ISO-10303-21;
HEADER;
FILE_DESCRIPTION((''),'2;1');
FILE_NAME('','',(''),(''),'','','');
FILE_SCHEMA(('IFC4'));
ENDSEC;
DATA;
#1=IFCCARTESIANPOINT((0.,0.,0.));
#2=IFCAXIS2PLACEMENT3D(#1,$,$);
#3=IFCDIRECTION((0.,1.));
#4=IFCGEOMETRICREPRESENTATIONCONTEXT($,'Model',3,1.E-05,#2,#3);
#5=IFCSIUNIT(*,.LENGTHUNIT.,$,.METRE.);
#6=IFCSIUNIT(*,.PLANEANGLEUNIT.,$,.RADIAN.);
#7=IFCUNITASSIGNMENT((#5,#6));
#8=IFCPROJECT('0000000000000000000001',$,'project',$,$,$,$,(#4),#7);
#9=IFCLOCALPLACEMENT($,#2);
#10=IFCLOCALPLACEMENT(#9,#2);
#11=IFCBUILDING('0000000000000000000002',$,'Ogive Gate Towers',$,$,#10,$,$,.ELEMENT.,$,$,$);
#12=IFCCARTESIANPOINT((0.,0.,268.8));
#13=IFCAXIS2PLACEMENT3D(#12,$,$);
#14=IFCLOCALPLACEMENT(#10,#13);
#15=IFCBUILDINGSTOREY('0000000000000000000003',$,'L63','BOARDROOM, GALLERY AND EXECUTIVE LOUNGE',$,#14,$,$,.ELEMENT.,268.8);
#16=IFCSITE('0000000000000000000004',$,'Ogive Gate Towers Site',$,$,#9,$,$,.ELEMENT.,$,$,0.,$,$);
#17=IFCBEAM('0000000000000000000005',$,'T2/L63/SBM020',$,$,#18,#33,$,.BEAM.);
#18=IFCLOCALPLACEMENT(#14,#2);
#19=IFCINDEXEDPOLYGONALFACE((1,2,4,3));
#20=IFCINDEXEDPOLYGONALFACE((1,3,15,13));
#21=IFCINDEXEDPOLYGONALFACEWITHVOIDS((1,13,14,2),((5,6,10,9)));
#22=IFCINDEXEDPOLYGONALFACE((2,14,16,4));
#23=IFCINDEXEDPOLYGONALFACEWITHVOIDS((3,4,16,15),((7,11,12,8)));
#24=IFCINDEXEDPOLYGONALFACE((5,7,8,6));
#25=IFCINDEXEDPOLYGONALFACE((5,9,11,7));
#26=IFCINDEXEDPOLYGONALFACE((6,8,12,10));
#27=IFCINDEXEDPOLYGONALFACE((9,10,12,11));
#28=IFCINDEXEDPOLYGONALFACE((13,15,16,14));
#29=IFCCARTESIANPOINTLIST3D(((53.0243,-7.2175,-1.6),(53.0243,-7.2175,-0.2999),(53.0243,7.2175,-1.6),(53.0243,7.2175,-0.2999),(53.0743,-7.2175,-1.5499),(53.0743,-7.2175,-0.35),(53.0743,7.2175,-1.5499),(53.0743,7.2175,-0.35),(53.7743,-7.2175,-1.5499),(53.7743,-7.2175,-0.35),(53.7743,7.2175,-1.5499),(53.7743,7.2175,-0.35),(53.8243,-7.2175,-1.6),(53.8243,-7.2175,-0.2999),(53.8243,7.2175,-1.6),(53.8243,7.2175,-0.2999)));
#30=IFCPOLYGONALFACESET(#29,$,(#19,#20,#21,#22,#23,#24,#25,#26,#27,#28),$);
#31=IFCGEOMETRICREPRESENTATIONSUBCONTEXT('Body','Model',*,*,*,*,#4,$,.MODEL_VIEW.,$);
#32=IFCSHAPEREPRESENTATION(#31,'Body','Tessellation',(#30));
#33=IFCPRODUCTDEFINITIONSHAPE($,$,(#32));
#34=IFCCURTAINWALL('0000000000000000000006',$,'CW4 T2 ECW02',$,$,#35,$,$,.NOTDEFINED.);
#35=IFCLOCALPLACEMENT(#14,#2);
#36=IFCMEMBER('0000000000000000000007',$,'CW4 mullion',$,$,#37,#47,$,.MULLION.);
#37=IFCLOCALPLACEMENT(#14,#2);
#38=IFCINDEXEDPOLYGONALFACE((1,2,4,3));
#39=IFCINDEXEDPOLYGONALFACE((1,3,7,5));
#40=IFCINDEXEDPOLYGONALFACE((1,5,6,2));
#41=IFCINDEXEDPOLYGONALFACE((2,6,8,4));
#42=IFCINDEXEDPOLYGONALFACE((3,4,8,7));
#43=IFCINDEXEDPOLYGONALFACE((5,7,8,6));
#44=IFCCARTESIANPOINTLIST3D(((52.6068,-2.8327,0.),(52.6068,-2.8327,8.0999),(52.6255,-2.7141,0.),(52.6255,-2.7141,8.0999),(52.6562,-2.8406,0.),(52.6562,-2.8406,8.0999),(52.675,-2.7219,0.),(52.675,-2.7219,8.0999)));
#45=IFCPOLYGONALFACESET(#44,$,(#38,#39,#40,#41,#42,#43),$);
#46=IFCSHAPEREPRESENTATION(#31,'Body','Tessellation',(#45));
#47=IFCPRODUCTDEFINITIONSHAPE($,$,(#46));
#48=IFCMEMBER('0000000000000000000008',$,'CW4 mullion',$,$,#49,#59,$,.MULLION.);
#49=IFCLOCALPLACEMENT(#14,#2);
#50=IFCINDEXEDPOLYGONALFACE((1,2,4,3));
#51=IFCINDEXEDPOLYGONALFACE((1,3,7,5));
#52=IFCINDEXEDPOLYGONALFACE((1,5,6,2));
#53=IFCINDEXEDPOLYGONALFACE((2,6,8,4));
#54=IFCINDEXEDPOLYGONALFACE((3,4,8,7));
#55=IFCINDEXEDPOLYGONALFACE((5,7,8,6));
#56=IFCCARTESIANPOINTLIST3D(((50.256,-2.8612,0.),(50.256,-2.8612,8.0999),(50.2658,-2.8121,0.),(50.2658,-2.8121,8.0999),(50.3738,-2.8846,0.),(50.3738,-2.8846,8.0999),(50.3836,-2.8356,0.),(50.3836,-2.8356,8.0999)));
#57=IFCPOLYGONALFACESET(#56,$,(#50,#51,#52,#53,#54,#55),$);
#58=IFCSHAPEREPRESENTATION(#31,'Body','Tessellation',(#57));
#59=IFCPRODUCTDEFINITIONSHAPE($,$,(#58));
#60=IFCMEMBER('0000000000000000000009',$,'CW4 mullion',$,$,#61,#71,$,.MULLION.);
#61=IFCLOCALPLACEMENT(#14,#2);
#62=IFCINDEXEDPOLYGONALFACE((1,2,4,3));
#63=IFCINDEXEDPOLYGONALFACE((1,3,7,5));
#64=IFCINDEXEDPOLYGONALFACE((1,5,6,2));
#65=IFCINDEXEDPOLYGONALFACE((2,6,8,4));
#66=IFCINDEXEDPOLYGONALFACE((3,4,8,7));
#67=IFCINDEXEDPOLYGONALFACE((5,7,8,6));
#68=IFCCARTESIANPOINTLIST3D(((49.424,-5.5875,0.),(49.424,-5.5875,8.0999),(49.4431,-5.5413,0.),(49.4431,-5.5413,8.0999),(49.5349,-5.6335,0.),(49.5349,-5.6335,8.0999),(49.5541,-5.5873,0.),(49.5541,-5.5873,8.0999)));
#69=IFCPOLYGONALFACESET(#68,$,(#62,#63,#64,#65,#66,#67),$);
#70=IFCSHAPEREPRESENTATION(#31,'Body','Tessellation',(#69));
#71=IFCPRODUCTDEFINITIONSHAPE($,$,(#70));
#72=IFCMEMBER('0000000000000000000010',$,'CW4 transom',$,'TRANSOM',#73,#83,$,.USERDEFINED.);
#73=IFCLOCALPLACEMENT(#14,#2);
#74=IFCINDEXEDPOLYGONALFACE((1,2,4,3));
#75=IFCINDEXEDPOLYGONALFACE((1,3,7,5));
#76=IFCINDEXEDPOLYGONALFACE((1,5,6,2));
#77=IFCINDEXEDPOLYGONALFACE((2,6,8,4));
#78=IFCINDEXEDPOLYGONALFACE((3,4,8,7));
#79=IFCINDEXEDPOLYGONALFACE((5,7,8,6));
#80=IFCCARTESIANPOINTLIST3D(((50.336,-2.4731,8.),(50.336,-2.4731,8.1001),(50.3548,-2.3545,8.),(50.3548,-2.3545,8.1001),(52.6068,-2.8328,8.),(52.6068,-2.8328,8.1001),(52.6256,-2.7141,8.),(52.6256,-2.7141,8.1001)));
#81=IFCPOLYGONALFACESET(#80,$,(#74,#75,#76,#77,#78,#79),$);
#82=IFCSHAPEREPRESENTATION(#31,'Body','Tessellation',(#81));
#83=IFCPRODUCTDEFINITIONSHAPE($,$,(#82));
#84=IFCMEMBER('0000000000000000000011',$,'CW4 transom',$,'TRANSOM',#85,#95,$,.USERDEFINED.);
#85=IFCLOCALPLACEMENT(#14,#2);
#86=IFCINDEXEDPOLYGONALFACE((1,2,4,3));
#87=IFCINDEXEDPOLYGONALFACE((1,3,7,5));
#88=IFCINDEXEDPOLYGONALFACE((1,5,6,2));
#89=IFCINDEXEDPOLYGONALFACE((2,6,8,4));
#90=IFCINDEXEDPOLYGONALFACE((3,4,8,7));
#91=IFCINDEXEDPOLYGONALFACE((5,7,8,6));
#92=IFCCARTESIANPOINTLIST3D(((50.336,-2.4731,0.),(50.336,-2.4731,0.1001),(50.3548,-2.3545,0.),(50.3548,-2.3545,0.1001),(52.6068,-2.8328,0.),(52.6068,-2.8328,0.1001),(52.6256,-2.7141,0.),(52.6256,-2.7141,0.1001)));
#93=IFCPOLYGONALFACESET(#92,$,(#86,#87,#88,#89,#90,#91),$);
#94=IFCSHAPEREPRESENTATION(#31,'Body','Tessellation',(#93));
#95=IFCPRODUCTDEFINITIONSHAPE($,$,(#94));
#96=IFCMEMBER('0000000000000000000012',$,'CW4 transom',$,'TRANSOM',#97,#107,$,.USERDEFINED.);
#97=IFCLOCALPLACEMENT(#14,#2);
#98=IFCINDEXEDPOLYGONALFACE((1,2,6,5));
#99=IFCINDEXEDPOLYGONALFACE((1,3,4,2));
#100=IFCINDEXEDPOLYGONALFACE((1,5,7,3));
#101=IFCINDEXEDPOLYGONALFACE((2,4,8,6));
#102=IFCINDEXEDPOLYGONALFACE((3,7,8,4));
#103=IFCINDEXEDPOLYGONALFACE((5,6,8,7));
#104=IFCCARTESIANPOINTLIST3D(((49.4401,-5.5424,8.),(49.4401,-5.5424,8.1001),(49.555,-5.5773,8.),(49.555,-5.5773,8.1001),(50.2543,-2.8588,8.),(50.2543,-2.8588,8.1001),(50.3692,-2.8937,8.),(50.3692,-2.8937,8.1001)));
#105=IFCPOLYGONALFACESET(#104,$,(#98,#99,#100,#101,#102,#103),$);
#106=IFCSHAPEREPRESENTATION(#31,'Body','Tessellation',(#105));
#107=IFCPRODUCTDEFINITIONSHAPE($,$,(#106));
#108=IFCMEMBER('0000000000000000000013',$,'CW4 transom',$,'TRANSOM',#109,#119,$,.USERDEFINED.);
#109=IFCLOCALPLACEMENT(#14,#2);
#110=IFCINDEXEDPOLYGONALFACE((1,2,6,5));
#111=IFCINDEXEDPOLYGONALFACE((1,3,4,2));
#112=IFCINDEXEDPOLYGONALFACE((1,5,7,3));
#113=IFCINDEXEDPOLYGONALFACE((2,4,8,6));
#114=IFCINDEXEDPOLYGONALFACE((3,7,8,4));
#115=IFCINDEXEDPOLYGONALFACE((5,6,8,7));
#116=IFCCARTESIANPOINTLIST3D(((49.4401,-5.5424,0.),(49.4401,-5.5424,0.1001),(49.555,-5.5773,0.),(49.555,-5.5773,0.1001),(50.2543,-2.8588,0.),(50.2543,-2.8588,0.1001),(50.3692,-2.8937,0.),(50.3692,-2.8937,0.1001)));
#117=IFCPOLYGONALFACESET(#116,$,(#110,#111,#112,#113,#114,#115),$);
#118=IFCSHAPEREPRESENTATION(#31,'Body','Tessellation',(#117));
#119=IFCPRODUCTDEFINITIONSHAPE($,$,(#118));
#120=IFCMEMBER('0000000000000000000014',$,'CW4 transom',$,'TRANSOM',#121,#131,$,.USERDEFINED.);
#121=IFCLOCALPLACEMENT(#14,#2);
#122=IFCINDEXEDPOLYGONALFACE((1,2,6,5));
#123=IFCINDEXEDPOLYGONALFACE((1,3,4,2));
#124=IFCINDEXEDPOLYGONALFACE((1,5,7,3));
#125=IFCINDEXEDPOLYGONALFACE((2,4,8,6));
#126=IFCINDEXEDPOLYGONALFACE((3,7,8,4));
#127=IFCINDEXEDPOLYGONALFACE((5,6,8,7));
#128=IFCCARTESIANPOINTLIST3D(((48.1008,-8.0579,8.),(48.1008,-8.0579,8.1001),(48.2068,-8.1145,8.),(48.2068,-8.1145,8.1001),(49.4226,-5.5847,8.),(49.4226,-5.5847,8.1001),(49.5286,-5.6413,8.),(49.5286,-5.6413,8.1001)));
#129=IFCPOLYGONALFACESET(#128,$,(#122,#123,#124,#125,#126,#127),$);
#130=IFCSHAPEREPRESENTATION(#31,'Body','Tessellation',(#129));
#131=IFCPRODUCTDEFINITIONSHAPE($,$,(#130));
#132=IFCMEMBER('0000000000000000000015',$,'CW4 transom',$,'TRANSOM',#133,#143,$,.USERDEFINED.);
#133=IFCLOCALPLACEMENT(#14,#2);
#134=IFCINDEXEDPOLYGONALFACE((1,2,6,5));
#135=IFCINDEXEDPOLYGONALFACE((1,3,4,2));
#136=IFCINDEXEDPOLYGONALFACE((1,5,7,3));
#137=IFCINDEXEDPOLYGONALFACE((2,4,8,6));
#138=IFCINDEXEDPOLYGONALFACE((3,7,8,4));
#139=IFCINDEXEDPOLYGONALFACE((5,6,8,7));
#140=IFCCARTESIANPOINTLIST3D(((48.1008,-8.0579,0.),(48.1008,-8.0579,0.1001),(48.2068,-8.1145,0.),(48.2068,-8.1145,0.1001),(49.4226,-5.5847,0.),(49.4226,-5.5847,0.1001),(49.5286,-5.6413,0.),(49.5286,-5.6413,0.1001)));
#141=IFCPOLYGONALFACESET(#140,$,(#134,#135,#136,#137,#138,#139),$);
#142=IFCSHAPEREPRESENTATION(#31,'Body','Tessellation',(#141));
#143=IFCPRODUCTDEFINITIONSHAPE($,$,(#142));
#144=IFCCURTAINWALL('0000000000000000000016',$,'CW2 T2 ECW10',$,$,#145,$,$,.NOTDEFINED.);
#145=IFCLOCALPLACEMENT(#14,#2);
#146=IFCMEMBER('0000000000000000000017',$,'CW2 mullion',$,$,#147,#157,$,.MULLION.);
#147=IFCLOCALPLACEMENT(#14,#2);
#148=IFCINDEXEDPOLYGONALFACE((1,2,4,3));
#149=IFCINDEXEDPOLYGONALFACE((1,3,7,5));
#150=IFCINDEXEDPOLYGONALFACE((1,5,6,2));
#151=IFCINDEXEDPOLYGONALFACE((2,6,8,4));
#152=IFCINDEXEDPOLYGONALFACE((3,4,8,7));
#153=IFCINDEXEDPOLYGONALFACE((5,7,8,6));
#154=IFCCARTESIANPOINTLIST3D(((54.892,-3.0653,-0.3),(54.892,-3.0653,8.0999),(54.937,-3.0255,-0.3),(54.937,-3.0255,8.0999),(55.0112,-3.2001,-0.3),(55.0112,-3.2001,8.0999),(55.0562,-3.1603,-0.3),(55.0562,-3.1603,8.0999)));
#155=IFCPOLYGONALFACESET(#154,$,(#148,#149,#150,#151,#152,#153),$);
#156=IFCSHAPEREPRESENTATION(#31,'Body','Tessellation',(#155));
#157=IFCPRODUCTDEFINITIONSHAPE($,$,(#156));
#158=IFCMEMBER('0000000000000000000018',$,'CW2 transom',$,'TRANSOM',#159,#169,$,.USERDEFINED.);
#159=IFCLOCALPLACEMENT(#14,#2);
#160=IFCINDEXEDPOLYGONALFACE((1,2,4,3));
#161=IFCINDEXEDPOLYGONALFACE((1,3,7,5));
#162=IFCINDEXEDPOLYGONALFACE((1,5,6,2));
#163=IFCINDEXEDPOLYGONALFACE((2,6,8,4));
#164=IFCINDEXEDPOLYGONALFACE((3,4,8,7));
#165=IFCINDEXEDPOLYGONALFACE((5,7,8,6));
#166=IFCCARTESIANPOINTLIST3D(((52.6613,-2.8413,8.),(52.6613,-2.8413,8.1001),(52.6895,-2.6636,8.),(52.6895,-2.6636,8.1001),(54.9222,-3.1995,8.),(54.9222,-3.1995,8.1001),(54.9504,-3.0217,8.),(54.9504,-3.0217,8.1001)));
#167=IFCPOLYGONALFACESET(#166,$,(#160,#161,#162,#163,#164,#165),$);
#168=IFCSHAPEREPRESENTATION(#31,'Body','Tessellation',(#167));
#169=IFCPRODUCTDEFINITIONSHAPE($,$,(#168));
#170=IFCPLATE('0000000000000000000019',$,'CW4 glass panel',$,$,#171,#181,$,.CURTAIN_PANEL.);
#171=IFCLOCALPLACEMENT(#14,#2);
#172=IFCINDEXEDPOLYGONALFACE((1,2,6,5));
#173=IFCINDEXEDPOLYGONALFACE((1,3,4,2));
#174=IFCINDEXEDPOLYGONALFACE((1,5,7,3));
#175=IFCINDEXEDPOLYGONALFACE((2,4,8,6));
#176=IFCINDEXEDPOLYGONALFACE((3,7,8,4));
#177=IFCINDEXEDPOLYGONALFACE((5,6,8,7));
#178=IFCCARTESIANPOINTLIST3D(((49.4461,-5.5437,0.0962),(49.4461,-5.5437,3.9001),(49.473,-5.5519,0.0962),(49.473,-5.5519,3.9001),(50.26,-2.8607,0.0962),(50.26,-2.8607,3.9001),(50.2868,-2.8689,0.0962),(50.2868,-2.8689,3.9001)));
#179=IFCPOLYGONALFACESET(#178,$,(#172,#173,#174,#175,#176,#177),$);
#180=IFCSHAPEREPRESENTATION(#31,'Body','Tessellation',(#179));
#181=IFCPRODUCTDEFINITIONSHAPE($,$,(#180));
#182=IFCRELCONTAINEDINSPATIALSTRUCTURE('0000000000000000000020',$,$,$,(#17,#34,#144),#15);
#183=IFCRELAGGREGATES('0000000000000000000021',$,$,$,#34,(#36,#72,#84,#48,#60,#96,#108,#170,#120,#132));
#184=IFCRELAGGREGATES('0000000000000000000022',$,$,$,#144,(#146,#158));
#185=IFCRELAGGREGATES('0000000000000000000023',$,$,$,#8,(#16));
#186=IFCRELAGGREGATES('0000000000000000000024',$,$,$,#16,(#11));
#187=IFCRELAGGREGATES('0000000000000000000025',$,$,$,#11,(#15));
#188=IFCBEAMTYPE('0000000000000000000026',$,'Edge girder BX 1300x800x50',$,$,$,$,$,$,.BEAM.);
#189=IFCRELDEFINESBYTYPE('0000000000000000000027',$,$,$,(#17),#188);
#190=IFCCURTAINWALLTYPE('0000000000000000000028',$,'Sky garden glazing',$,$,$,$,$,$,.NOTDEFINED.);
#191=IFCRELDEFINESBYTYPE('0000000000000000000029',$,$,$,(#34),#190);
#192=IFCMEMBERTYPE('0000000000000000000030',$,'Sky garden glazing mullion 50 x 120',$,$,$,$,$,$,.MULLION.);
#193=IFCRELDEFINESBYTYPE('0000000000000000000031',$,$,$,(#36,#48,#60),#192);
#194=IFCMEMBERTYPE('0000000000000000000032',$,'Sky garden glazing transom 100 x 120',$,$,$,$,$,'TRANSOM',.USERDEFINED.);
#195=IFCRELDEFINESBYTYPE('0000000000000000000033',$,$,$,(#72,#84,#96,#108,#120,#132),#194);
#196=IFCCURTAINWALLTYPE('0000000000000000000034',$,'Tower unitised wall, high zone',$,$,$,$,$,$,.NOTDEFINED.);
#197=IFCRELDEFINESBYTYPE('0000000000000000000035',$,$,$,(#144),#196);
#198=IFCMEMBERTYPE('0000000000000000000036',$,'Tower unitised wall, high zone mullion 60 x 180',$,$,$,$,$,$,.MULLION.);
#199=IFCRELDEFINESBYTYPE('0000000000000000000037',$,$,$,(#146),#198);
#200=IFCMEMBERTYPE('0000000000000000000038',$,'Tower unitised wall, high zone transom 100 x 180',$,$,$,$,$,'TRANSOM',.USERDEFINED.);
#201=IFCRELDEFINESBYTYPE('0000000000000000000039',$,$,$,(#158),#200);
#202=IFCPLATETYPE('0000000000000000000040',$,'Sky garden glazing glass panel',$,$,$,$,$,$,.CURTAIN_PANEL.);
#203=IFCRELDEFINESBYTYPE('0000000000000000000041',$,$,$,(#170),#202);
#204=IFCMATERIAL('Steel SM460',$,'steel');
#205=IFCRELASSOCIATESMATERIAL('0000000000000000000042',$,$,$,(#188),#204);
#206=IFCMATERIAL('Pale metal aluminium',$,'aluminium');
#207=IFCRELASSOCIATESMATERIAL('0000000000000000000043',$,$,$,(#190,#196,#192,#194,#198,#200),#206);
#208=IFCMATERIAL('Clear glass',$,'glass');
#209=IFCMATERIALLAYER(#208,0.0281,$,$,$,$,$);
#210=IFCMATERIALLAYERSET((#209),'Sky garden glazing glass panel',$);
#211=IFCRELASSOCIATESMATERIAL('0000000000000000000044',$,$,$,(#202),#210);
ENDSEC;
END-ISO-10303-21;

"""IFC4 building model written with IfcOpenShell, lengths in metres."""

from ifc_helpers import new_model, si_unit, direction, frame, origin, origin_2d, place, context, subcontext, project, spatial, rectangle, hollow_rectangle, extrude, material, layer, layer_set, material_profile, profile_set, type_object, element, aggregate, save


model = new_model("IFC4")

# Units and contexts
model_context = context("Model", 3, precision=1e-05, world=origin(), true_north=direction((0.0, 1.0)))
body_context = subcontext(model_context, "Body", "Model", "MODEL_VIEW")
ifc_project = project(units=[si_unit("LENGTHUNIT", "METRE"), si_unit("PLANEANGLEUNIT", "RADIAN")], contexts=[model_context])

# Site, building, storey
site_placement = place(None, origin())
site = spatial("IfcSite", under=ifc_project, at=site_placement, Name="Ogive Gate Towers Site", CompositionType="ELEMENT", RefElevation=0.0)
building_placement = place(site_placement, origin())
building = spatial("IfcBuilding", under=site, at=building_placement, Name="Ogive Gate Towers", CompositionType="ELEMENT")
storey_placement = place(building_placement, frame((0.0, 0.0, 268.8)))
storey = spatial("IfcBuildingStorey", under=building, at=storey_placement, Name="L63", Description="BOARDROOM, GALLERY AND EXECUTIVE LOUNGE", CompositionType="ELEMENT", Elevation=268.8)

# Beam
ifc_material_1 = material(Name="Steel SM460", Category="steel")
ifc_material_profile_1 = material_profile(ifc_material_1, hollow_rectangle(XDim=0.8, YDim=1.3, WallThickness=0.05, at=origin_2d()), Name="BX 1300x800x50")
ifc_profile_set_1 = profile_set([ifc_material_profile_1], Name="Steel SM460")
beam_type = type_object("IfcBeamType", Name="Edge girder BX 1300x800x50", PredefinedType="BEAM", material=ifc_profile_set_1)
beam_placement = place(storey_placement, frame((53.4243, -7.2175, -0.95), z_axis=(0.0, 1.0, 0.0), x_axis=(-1.0, 0.0, 0.0)))
element("IfcBeam", 1, at=beam_placement, inside=storey, type_object=beam_type, Name="T2/L63/SBM020", PredefinedType="BEAM", context=body_context, shape_type="SweptSolid", body=[
    extrude(hollow_rectangle(XDim=0.8, YDim=1.3, WallThickness=0.05, at=origin_2d()), origin(), (0.0, 0.0, 1.0), 14.4351),
])

# Curtain walls, members
ifc_material_2 = material(Name="Pale metal aluminium", Category="aluminium")
curtain_wall_type_1 = type_object("IfcCurtainWallType", Name="Sky garden glazing", PredefinedType="NOTDEFINED", material=ifc_material_2)
curtain_wall_1_placement = place(storey_placement, origin())
curtain_wall_1 = element("IfcCurtainWall", 2, at=curtain_wall_1_placement, inside=storey, type_object=curtain_wall_type_1, Name="CW4 T2 ECW02", PredefinedType="NOTDEFINED")
ifc_material_profile_2 = material_profile(ifc_material_2, rectangle(XDim=0.1201, YDim=0.05, at=origin_2d()), Name="50 x 120 aluminium box")
ifc_profile_set_2 = profile_set([ifc_material_profile_2], Name="Pale metal aluminium")
member_type_1 = type_object("IfcMemberType", Name="Sky garden glazing mullion 50 x 120", PredefinedType="MULLION", material=ifc_profile_set_2)
member_1_placement = place(storey_placement, frame((52.6409, -2.7773, 0.0), z_axis=(0.0, 0.0, 1.0), x_axis=(0.156434, 0.987688, 0.0)))
member_1 = element("IfcMember", 3, at=member_1_placement, type_object=member_type_1, Name="CW4 mullion", PredefinedType="MULLION", context=body_context, shape_type="SweptSolid", body=[
    extrude(rectangle(XDim=0.1201, YDim=0.05, at=origin_2d()), origin(), (0.0, 0.0, 1.0), 8.0999),
])
member_2_placement = place(storey_placement, frame((50.3198, -2.8484, 0.0), z_axis=(0.0, 0.0, 1.0), x_axis=(-0.980789, 0.195073, 0.0)))
member_2 = element("IfcMember", 4, at=member_2_placement, type_object=member_type_1, Name="CW4 mullion", PredefinedType="MULLION", context=body_context, shape_type="SweptSolid", body=[
    extrude(rectangle(XDim=0.1201, YDim=0.05, at=origin_2d()), origin(), (0.0, 0.0, 1.0), 8.0999),
])
member_3_placement = place(storey_placement, frame((49.489, -5.5874, 0.0), z_axis=(0.0, 0.0, 1.0), x_axis=(-0.92388, 0.382683, 0.0)))
member_3 = element("IfcMember", 5, at=member_3_placement, type_object=member_type_1, Name="CW4 mullion", PredefinedType="MULLION", context=body_context, shape_type="SweptSolid", body=[
    extrude(rectangle(XDim=0.1201, YDim=0.05, at=origin_2d()), origin(), (0.0, 0.0, 1.0), 8.0999),
])
ifc_material_profile_3 = material_profile(ifc_material_2, rectangle(XDim=0.1201, YDim=0.1001, at=origin_2d()), Name="100 x 120 aluminium box")
ifc_profile_set_3 = profile_set([ifc_material_profile_3], Name="Pale metal aluminium")
member_type_2 = type_object("IfcMemberType", Name="Sky garden glazing transom 100 x 120", ElementType="TRANSOM", PredefinedType="USERDEFINED", material=ifc_profile_set_3)
member_4_placement = place(storey_placement, frame((52.6162, -2.7734, 8.05), z_axis=(-0.987691, 0.156421, 0.0), x_axis=(-0.156421, -0.987691, 0.0)))
member_4 = element("IfcMember", 6, at=member_4_placement, type_object=member_type_2, Name="CW4 transom", ObjectType="TRANSOM", PredefinedType="USERDEFINED", context=body_context, shape_type="SweptSolid", body=[
    extrude(rectangle(XDim=0.1201, YDim=0.1001, at=origin_2d()), origin(), (0.0, 0.0, 1.0), 2.2991),
])
member_5_placement = place(storey_placement, frame((52.6162, -2.7734, 0.05), z_axis=(-0.987691, 0.156421, 0.0), x_axis=(-0.156421, -0.987691, 0.0)))
member_5 = element("IfcMember", 7, at=member_5_placement, type_object=member_type_2, Name="CW4 transom", ObjectType="TRANSOM", PredefinedType="USERDEFINED", context=body_context, shape_type="SweptSolid", body=[
    extrude(rectangle(XDim=0.1201, YDim=0.1001, at=origin_2d()), origin(), (0.0, 0.0, 1.0), 2.2991),
])
member_6_placement = place(storey_placement, frame((50.3118, -2.8762, 8.05), z_axis=(-0.290334, -0.956926, 0.0), x_axis=(0.956926, -0.290334, 0.0)))
member_6 = element("IfcMember", 8, at=member_6_placement, type_object=member_type_2, Name="CW4 transom", ObjectType="TRANSOM", PredefinedType="USERDEFINED", context=body_context, shape_type="SweptSolid", body=[
    extrude(rectangle(XDim=0.1201, YDim=0.1001, at=origin_2d()), origin(), (0.0, 0.0, 1.0), 2.8044),
])
member_7_placement = place(storey_placement, frame((50.3118, -2.8762, 0.05), z_axis=(-0.290334, -0.956926, 0.0), x_axis=(0.956926, -0.290334, 0.0)))
member_7 = element("IfcMember", 9, at=member_7_placement, type_object=member_type_2, Name="CW4 transom", ObjectType="TRANSOM", PredefinedType="USERDEFINED", context=body_context, shape_type="SweptSolid", body=[
    extrude(rectangle(XDim=0.1201, YDim=0.1001, at=origin_2d()), origin(), (0.0, 0.0, 1.0), 2.8044),
])
member_8_placement = place(storey_placement, frame((49.4756, -5.613, 8.05), z_axis=(-0.471356, -0.881943, 0.0), x_axis=(0.881943, -0.471356, 0.0)))
member_8 = element("IfcMember", 10, at=member_8_placement, type_object=member_type_2, Name="CW4 transom", ObjectType="TRANSOM", PredefinedType="USERDEFINED", context=body_context, shape_type="SweptSolid", body=[
    extrude(rectangle(XDim=0.1201, YDim=0.1001, at=origin_2d()), origin(), (0.0, 0.0, 1.0), 2.8042),
])
member_9_placement = place(storey_placement, frame((49.4756, -5.613, 0.05), z_axis=(-0.471356, -0.881943, 0.0), x_axis=(0.881943, -0.471356, 0.0)))
member_9 = element("IfcMember", 11, at=member_9_placement, type_object=member_type_2, Name="CW4 transom", ObjectType="TRANSOM", PredefinedType="USERDEFINED", context=body_context, shape_type="SweptSolid", body=[
    extrude(rectangle(XDim=0.1201, YDim=0.1001, at=origin_2d()), origin(), (0.0, 0.0, 1.0), 2.8042),
])
curtain_wall_type_2 = type_object("IfcCurtainWallType", Name="Tower unitised wall, high zone", PredefinedType="NOTDEFINED", material=ifc_material_2)
curtain_wall_2_placement = place(storey_placement, origin())
curtain_wall_2 = element("IfcCurtainWall", 12, at=curtain_wall_2_placement, inside=storey, type_object=curtain_wall_type_2, Name="CW2 T2 ECW10", PredefinedType="NOTDEFINED")
ifc_material_profile_4 = material_profile(ifc_material_2, rectangle(XDim=0.1799, YDim=0.0601, at=origin_2d()), Name="60 x 180 aluminium box")
ifc_profile_set_4 = profile_set([ifc_material_profile_4], Name="Pale metal aluminium")
member_type_3 = type_object("IfcMemberType", Name="Tower unitised wall, high zone mullion 60 x 180", PredefinedType="MULLION", material=ifc_profile_set_4)
member_10_placement = place(storey_placement, frame((54.9741, -3.1128, -0.3), z_axis=(0.0, 0.0, 1.0), x_axis=(-0.662476, 0.749083, 0.0)))
member_10 = element("IfcMember", 13, at=member_10_placement, type_object=member_type_3, Name="CW2 mullion", PredefinedType="MULLION", context=body_context, shape_type="SweptSolid", body=[
    extrude(rectangle(XDim=0.1799, YDim=0.0601, at=origin_2d()), origin(), (0.0, 0.0, 1.0), 8.3999),
])
ifc_material_profile_5 = material_profile(ifc_material_2, rectangle(XDim=0.1799, YDim=0.1001, at=origin_2d()), Name="100 x 180 aluminium box")
ifc_profile_set_5 = profile_set([ifc_material_profile_5], Name="Pale metal aluminium")
member_type_4 = type_object("IfcMemberType", Name="Tower unitised wall, high zone transom 100 x 180", ElementType="TRANSOM", PredefinedType="USERDEFINED", material=ifc_profile_set_5)
member_11_placement = place(storey_placement, frame((54.9363, -3.1106, 8.05), z_axis=(-0.987685, 0.156455, 0.0), x_axis=(-0.156455, -0.987685, 0.0)))
member_11 = element("IfcMember", 14, at=member_11_placement, type_object=member_type_4, Name="CW2 transom", ObjectType="TRANSOM", PredefinedType="USERDEFINED", context=body_context, shape_type="SweptSolid", body=[
    extrude(rectangle(XDim=0.1799, YDim=0.1001, at=origin_2d()), origin(), (0.0, 0.0, 1.0), 2.2891),
])

# Plate
ifc_material_3 = material(Name="Clear glass", Category="glass")
ifc_layer_1 = layer(ifc_material_3, 0.0281)
ifc_layer_set_1 = layer_set([ifc_layer_1], Name="Sky garden glazing glass panel")
plate_type_1 = type_object("IfcPlateType", Name="Sky garden glazing glass panel", PredefinedType="CURTAIN_PANEL", material=ifc_layer_set_1)
plate_1_placement = place(storey_placement, frame((49.8665, -4.2063, 0.0962), z_axis=(0.0, 0.0, 1.0), x_axis=(-0.290285, -0.95694, 0.0)))
plate_1 = element("IfcPlate", 15, at=plate_1_placement, type_object=plate_type_1, Name="CW4 glass panel", PredefinedType="CURTAIN_PANEL", context=body_context, shape_type="SweptSolid", body=[
    extrude(rectangle(XDim=2.8037, YDim=0.0281, at=origin_2d()), origin(), (0.0, 0.0, 1.0), 3.804),
])
aggregate(curtain_wall_1, [member_1, member_4, member_5, member_2, member_3, member_6, member_7, plate_1, member_8, member_9])
aggregate(curtain_wall_2, [member_10, member_11])

save(model, "model.ifc")
